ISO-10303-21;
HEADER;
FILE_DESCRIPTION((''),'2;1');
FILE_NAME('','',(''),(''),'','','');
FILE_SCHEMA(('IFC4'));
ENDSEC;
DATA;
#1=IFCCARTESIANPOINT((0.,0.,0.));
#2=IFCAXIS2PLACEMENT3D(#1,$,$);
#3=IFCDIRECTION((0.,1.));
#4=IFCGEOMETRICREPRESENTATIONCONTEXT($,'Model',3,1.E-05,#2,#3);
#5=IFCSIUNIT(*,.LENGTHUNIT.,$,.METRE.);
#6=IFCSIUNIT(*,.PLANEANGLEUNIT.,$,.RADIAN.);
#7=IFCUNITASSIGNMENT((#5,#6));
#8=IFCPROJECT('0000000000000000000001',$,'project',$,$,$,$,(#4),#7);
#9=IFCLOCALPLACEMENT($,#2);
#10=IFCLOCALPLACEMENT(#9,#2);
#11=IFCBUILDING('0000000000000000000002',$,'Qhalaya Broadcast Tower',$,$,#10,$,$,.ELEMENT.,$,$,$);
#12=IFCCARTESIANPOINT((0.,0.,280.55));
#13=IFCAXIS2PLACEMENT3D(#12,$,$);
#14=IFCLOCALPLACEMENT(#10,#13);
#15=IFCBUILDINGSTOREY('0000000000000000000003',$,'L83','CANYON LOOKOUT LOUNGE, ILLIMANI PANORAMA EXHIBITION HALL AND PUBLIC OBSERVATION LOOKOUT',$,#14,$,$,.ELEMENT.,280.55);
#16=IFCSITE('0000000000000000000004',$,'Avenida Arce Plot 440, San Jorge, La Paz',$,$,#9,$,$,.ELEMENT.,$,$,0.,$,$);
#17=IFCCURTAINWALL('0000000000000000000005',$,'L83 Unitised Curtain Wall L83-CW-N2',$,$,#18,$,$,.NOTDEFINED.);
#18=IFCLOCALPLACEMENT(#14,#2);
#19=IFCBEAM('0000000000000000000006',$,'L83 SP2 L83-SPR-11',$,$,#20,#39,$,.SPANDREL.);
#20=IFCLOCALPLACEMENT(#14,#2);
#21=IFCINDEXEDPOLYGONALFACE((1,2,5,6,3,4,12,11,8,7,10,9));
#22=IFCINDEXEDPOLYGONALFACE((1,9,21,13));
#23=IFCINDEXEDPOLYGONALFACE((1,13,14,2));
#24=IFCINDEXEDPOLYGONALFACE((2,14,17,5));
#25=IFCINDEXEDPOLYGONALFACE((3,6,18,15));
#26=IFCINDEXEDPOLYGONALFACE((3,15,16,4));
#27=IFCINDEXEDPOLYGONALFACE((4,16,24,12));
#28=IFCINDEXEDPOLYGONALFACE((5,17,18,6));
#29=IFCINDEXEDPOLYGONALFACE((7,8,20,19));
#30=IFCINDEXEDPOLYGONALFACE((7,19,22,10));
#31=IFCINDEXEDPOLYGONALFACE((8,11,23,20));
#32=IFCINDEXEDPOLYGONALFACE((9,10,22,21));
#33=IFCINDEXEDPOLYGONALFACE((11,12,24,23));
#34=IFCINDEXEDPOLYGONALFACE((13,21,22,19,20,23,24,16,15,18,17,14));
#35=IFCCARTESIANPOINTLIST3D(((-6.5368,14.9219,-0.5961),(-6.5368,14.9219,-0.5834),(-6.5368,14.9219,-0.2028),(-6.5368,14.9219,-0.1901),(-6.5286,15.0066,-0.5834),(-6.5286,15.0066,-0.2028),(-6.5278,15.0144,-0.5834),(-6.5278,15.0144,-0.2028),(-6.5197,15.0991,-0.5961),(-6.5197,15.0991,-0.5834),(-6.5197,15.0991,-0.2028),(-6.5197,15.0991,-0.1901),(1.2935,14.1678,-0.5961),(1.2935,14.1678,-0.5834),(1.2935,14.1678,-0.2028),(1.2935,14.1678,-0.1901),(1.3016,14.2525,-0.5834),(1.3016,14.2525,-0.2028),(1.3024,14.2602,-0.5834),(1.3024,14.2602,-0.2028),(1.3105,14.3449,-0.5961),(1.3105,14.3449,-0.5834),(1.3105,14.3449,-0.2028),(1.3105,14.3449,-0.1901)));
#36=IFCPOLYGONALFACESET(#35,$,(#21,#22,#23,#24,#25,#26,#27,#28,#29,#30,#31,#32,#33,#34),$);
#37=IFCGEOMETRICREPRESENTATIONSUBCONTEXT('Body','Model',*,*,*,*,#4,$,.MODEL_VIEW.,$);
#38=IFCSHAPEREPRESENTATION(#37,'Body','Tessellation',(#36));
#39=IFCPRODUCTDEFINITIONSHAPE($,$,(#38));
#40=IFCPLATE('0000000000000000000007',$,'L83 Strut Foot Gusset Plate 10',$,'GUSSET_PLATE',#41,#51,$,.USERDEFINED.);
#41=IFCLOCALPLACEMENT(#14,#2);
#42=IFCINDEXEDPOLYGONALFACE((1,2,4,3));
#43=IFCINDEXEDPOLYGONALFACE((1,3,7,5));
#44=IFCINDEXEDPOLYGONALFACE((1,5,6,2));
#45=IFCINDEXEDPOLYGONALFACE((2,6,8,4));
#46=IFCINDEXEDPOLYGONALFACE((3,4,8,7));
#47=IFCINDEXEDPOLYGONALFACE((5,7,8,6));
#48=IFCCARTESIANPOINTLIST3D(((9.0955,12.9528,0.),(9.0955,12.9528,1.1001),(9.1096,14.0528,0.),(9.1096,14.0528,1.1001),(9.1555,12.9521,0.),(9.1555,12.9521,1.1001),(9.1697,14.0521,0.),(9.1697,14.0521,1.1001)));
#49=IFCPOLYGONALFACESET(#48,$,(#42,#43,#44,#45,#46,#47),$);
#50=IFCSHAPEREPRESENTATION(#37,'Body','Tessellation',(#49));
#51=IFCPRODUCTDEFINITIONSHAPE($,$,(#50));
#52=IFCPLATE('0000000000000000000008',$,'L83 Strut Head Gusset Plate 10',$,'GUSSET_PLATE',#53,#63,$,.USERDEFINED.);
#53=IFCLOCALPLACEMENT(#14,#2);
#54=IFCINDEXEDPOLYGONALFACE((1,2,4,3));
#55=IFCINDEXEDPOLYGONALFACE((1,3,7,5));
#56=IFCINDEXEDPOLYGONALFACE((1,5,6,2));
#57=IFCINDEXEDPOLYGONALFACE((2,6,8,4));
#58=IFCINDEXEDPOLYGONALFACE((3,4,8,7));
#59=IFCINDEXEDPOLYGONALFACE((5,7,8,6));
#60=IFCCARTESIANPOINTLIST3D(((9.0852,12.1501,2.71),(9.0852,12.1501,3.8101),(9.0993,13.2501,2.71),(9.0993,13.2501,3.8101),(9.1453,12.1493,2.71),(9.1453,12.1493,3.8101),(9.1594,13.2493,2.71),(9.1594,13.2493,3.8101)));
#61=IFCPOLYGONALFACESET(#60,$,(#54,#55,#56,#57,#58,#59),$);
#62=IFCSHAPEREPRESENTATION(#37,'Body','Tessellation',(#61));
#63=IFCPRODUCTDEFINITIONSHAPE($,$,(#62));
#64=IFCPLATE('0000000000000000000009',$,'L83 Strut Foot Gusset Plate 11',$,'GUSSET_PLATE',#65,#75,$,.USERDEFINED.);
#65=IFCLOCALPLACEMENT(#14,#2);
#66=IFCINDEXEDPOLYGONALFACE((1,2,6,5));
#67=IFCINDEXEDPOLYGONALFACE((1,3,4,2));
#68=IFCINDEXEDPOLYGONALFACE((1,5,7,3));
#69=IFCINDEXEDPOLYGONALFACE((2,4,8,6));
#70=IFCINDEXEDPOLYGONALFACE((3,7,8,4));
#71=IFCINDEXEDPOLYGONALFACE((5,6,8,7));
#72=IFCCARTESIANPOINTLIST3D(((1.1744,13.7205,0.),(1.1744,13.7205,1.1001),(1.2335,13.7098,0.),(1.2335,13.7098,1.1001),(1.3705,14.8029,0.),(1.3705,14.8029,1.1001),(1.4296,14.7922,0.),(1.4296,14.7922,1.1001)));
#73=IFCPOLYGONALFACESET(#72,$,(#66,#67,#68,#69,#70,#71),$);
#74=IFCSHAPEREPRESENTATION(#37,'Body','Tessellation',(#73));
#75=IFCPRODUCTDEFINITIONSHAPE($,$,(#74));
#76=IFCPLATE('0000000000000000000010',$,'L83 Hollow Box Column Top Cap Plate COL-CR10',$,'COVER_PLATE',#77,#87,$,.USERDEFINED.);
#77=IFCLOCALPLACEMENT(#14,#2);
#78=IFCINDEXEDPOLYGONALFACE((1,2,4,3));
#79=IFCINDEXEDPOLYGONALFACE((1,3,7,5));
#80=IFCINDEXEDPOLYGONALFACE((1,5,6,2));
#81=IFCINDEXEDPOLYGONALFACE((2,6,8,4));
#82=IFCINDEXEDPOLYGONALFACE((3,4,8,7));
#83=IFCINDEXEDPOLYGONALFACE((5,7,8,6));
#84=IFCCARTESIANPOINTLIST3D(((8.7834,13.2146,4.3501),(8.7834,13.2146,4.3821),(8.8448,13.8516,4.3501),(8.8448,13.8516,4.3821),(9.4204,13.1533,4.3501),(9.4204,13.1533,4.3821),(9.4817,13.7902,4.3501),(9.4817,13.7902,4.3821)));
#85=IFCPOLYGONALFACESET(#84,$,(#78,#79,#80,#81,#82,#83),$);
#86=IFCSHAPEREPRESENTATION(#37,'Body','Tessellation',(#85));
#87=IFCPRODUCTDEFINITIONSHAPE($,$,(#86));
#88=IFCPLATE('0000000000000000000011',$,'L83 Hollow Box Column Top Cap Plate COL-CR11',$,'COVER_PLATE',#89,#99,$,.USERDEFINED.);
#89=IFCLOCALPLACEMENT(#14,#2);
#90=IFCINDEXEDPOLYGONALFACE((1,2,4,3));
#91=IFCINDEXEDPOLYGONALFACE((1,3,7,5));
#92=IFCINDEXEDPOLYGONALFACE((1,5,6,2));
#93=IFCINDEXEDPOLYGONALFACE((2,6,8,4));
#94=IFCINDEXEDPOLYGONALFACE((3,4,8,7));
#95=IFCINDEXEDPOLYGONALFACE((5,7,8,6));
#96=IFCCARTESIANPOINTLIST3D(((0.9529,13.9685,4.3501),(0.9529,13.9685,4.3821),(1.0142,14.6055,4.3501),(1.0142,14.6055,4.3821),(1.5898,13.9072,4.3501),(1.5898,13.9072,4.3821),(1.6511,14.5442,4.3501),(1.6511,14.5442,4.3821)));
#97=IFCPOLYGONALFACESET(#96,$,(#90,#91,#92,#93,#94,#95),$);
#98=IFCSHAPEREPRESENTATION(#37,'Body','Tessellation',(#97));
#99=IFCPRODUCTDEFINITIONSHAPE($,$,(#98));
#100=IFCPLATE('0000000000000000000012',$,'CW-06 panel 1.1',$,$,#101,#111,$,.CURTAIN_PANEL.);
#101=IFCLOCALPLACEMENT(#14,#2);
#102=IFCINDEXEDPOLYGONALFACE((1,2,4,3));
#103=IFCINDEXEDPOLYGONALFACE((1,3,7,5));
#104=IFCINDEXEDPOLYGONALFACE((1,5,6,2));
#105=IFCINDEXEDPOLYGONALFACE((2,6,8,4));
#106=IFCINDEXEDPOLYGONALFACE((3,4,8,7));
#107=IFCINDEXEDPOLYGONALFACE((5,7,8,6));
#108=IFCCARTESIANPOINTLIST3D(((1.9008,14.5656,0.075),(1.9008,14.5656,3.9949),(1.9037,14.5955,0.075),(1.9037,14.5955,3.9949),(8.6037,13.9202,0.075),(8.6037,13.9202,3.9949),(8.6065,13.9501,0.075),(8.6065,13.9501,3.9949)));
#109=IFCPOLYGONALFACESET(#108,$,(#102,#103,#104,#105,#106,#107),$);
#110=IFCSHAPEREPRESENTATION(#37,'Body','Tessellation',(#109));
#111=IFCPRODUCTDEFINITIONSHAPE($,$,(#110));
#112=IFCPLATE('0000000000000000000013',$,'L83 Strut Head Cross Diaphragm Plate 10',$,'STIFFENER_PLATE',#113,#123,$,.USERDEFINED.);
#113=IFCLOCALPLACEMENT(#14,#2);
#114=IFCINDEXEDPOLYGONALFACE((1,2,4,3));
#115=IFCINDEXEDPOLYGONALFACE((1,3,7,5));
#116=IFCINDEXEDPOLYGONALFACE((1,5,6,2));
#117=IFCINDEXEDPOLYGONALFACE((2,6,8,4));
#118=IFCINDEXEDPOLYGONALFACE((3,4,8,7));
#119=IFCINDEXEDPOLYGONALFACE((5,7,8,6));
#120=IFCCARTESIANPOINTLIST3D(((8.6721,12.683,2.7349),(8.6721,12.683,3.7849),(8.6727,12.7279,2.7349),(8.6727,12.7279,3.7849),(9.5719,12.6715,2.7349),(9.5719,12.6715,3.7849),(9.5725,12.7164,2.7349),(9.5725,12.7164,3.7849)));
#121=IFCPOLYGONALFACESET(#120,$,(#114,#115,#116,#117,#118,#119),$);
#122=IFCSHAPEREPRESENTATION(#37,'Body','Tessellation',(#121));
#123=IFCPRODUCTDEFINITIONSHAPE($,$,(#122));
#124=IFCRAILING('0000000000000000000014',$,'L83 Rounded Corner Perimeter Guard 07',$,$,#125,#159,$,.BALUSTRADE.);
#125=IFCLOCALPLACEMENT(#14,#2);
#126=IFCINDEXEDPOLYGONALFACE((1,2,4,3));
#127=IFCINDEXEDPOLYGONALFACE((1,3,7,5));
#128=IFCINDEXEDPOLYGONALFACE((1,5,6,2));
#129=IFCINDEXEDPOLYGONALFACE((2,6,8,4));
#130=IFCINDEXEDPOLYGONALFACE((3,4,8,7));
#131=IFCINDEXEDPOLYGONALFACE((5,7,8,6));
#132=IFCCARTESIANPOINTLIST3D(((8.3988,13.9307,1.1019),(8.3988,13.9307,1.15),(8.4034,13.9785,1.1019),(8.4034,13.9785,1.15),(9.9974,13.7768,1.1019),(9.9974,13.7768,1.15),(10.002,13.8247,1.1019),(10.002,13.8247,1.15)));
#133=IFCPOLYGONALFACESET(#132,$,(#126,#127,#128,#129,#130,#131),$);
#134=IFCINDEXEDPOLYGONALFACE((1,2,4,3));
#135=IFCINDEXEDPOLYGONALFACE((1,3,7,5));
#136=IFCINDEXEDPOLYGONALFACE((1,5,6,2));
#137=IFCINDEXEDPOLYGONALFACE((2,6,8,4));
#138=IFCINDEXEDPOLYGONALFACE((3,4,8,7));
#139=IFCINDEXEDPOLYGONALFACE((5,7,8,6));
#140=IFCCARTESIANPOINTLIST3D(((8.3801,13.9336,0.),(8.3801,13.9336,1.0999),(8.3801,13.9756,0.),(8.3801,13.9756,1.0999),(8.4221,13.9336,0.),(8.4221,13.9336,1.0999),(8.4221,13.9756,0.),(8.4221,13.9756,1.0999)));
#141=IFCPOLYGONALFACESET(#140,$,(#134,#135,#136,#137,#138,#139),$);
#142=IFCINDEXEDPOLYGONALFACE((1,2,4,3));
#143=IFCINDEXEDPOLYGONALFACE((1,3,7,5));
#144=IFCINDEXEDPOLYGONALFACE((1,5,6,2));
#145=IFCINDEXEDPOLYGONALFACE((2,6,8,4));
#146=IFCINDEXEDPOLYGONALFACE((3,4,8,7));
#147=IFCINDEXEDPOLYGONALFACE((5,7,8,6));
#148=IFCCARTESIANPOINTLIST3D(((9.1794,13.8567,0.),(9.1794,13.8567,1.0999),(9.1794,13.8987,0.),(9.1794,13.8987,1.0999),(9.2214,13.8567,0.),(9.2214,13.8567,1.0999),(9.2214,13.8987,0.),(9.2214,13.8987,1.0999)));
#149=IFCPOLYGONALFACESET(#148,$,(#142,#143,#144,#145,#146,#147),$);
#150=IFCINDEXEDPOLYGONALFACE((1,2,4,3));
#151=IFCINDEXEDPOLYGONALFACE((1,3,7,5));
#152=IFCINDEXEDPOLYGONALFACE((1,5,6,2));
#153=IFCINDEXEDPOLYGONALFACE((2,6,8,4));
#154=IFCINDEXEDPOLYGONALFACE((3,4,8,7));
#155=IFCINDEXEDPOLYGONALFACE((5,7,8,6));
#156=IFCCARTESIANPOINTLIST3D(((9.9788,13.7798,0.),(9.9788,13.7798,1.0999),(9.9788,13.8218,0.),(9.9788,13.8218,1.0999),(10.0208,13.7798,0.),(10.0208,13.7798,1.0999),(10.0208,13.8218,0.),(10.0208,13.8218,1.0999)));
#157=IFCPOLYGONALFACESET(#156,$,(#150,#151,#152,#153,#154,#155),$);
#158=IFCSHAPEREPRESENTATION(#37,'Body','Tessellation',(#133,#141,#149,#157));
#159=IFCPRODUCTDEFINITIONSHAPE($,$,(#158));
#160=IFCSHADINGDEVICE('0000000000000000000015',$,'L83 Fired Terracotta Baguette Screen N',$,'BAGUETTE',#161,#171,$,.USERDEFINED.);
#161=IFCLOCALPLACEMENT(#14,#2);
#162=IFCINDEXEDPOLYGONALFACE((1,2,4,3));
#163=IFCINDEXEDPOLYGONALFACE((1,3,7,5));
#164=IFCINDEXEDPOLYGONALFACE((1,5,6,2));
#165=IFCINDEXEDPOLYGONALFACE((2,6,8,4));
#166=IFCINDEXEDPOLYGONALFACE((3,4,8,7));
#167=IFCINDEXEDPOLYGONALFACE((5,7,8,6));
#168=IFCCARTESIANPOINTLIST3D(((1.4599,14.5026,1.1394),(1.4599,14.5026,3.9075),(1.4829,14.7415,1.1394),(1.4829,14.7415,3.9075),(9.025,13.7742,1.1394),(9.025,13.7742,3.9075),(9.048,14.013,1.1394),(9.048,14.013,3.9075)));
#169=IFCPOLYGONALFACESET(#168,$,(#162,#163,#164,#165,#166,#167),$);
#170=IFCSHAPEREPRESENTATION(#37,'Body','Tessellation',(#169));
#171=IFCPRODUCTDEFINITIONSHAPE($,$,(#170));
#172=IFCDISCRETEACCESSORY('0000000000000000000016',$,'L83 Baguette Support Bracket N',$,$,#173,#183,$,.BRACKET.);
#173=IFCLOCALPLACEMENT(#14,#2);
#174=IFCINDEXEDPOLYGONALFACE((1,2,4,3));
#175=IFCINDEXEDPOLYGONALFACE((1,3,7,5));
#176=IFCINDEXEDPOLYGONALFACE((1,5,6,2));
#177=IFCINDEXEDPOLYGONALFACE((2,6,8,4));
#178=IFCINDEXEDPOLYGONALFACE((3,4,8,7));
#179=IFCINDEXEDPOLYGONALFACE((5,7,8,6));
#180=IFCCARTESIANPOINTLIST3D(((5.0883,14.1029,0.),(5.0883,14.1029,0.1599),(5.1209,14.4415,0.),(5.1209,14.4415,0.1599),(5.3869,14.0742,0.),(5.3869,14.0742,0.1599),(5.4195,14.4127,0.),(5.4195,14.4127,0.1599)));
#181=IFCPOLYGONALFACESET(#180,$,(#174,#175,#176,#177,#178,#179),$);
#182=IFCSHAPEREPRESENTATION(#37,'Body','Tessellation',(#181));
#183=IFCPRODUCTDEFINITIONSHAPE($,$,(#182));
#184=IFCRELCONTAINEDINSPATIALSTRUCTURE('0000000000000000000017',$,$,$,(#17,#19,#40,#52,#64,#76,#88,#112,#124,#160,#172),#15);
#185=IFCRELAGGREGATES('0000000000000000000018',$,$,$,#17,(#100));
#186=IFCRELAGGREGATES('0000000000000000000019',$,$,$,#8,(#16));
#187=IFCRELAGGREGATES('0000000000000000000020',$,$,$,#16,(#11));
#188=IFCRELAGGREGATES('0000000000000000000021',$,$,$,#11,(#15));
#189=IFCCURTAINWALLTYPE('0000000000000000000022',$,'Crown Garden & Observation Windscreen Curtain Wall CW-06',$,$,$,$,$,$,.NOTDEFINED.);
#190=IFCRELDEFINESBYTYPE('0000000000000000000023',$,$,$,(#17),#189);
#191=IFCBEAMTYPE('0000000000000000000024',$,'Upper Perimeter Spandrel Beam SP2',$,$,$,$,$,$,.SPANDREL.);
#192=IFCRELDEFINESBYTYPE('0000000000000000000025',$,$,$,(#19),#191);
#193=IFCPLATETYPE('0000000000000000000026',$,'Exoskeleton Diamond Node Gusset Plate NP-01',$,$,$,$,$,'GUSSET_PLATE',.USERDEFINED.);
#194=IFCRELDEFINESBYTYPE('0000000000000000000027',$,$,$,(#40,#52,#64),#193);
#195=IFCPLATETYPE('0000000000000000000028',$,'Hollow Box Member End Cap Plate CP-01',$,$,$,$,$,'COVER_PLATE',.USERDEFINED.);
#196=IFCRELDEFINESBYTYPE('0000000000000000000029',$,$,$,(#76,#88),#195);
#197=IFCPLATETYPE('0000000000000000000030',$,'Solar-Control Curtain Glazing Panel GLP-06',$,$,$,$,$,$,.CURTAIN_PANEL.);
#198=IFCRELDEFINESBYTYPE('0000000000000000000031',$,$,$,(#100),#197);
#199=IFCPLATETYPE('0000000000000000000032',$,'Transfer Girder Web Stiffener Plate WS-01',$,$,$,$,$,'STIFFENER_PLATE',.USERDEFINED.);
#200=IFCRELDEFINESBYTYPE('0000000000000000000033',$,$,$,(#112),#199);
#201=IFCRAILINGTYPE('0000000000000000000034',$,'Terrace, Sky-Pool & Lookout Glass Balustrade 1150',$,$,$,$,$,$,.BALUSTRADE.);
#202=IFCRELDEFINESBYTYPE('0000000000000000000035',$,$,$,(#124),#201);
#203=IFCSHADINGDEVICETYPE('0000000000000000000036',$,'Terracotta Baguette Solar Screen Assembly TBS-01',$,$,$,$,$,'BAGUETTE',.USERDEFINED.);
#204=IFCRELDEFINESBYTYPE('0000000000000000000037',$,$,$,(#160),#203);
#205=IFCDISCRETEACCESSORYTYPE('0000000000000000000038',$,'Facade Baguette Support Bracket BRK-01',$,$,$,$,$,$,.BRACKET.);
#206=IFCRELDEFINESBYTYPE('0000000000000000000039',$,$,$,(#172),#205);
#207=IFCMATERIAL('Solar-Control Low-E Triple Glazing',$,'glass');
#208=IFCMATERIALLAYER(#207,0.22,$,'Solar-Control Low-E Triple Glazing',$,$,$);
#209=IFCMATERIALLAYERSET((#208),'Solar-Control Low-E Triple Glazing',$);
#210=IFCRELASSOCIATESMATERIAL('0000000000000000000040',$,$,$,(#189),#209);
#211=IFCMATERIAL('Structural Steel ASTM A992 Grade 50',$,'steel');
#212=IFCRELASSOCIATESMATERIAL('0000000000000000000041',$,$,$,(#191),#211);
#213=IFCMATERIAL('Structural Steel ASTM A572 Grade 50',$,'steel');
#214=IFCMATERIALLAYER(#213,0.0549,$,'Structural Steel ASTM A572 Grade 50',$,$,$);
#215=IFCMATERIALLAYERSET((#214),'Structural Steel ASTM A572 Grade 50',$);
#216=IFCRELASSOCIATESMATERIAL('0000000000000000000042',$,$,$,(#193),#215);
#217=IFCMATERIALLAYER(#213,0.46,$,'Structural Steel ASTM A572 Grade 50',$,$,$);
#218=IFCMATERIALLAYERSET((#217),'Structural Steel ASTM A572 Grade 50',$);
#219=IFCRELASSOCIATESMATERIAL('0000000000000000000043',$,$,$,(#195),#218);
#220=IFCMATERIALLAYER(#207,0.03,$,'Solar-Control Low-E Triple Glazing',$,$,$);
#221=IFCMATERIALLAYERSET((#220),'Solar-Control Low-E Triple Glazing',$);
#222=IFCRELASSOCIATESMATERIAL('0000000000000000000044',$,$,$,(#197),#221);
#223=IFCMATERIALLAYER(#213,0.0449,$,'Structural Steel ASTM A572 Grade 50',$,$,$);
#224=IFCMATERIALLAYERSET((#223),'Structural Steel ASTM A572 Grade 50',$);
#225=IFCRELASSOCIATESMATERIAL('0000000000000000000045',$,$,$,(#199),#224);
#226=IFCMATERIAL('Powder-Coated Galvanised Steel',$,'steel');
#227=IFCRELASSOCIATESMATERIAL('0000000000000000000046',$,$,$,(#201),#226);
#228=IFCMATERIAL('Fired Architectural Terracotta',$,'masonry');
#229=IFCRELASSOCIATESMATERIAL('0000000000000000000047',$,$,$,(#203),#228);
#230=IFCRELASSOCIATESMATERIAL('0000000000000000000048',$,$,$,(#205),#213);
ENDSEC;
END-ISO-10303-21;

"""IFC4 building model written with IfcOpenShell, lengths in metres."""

from ifc_helpers import new_model, si_unit, direction, frame, origin, origin_2d, place, context, subcontext, project, spatial, rectangle, i_section, extrude, material, layer, layer_set, material_profile, profile_set, type_object, element, aggregate, save


model = new_model("IFC4")

# Units and contexts
model_context = context("Model", 3, precision=1e-05, world=origin(), true_north=direction((0.0, 1.0)))
body_context = subcontext(model_context, "Body", "Model", "MODEL_VIEW")
ifc_project = project(units=[si_unit("LENGTHUNIT", "METRE"), si_unit("PLANEANGLEUNIT", "RADIAN")], contexts=[model_context])

# Site, building, storey
site_placement = place(None, origin())
site = spatial("IfcSite", under=ifc_project, at=site_placement, Name="Avenida Arce Plot 440, San Jorge, La Paz", CompositionType="ELEMENT", RefElevation=0.0)
building_placement = place(site_placement, origin())
building = spatial("IfcBuilding", under=site, at=building_placement, Name="Qhalaya Broadcast Tower", CompositionType="ELEMENT")
storey_placement = place(building_placement, frame((0.0, 0.0, 280.55)))
storey = spatial("IfcBuildingStorey", under=building, at=storey_placement, Name="L83", Description="CANYON LOOKOUT LOUNGE, ILLIMANI PANORAMA EXHIBITION HALL AND PUBLIC OBSERVATION LOOKOUT", CompositionType="ELEMENT", Elevation=280.55)

# Shared definitions
ifc_material_1 = material(Name="Structural Steel ASTM A572 Grade 50", Category="steel")

# Shared definitions
ifc_material_2 = material(Name="Structural Steel ASTM A992 Grade 50", Category="steel")

# Curtain wall
ifc_material_3 = material(Name="Solar-Control Low-E Triple Glazing", Category="glass")
ifc_layer_1 = layer(ifc_material_3, 0.22, Name="Solar-Control Low-E Triple Glazing")
ifc_layer_set_1 = layer_set([ifc_layer_1], Name="Solar-Control Low-E Triple Glazing")
curtain_wall_type = type_object("IfcCurtainWallType", Name="Crown Garden & Observation Windscreen Curtain Wall CW-06", PredefinedType="NOTDEFINED", material=ifc_layer_set_1)
curtain_wall_placement = place(storey_placement, origin())
curtain_wall = element("IfcCurtainWall", 1, at=curtain_wall_placement, inside=storey, type_object=curtain_wall_type, Name="L83 Unitised Curtain Wall L83-CW-N2", PredefinedType="NOTDEFINED")

# Beam
ifc_material_profile_1 = material_profile(ifc_material_2, i_section(OverallWidth=0.178, OverallDepth=0.406, WebThickness=0.0078, FlangeThickness=0.0127, at=origin_2d()), Name="W16X40")
ifc_profile_set_1 = profile_set([ifc_material_profile_1], Name="Structural Steel ASTM A992 Grade 50")
beam_type_1 = type_object("IfcBeamType", Name="Upper Perimeter Spandrel Beam SP2", PredefinedType="SPANDREL", material=ifc_profile_set_1)
beam_1_placement = place(storey_placement, frame((1.302, 14.2563, -0.3931), z_axis=(-0.995394, 0.095868, 0.0), x_axis=(-0.095868, -0.995394, 0.0)))
element("IfcBeam", 2, at=beam_1_placement, inside=storey, type_object=beam_type_1, Name="L83 SP2 L83-SPR-11", PredefinedType="SPANDREL", context=body_context, shape_type="SweptSolid", body=[
    extrude(i_section(OverallWidth=0.178, OverallDepth=0.406, WebThickness=0.0078, FlangeThickness=0.0127, at=origin_2d()), origin(), (0.0, 0.0, 1.0), 7.8665),
])

# Plates
ifc_layer_2 = layer(ifc_material_1, 0.0549, Name="Structural Steel ASTM A572 Grade 50")
ifc_layer_set_2 = layer_set([ifc_layer_2], Name="Structural Steel ASTM A572 Grade 50")
plate_type_1 = type_object("IfcPlateType", Name="Exoskeleton Diamond Node Gusset Plate NP-01", ElementType="GUSSET_PLATE", PredefinedType="USERDEFINED", material=ifc_layer_set_2)
for number, where, z_axis, x_axis, name in (
    (3, (9.1326, 13.5024, 0.0), (0.0, 0.0, 1.0), (-0.012828, -0.999918, 0.0), "L83 Strut Foot Gusset Plate 10"),
    (4, (9.1223, 12.6997, 2.71), (0.0, 0.0, 1.0), (-0.012828, -0.999918, 0.0), "L83 Strut Head Gusset Plate 10"),
    (5, (1.302, 14.2563, 0.0), (0.0, 0.0, 1.0), (-0.178253, -0.983985, 0.0), "L83 Strut Foot Gusset Plate 11"),
):
    element("IfcPlate", number, at=place(storey_placement, frame(where, z_axis=z_axis, x_axis=x_axis)), inside=storey, type_object=plate_type_1, Name=name, ObjectType="GUSSET_PLATE", PredefinedType="USERDEFINED", context=body_context, shape_type="SweptSolid", body=[
        extrude(rectangle(XDim=1.1001, YDim=0.0601, at=origin_2d()), origin(), (0.0, 0.0, 1.0), 1.1001),
    ])
ifc_layer_3 = layer(ifc_material_1, 0.46, Name="Structural Steel ASTM A572 Grade 50")
ifc_layer_set_3 = layer_set([ifc_layer_3], Name="Structural Steel ASTM A572 Grade 50")
plate_type_2 = type_object("IfcPlateType", Name="Hollow Box Member End Cap Plate CP-01", ElementType="COVER_PLATE", PredefinedType="USERDEFINED", material=ifc_layer_set_3)
for number, where, z_axis, x_axis, name in (
    (6, (9.1326, 13.5024, 4.3501), (0.0, 0.0, 1.0), (0.995396, -0.095846, 0.0), "L83 Hollow Box Column Top Cap Plate COL-CR10"),
    (7, (1.302, 14.2563, 4.3501), (0.0, 0.0, 1.0), (0.995396, -0.095846, 0.0), "L83 Hollow Box Column Top Cap Plate COL-CR11"),
):
    element("IfcPlate", number, at=place(storey_placement, frame(where, z_axis=z_axis, x_axis=x_axis)), inside=storey, type_object=plate_type_2, Name=name, ObjectType="COVER_PLATE", PredefinedType="USERDEFINED", context=body_context, shape_type="SweptSolid", body=[
        extrude(rectangle(XDim=0.6399, YDim=0.6399, at=origin_2d()), origin(), (0.0, 0.0, 1.0), 0.032),
    ])

# Plates
ifc_layer_4 = layer(ifc_material_3, 0.03, Name="Solar-Control Low-E Triple Glazing")
ifc_layer_set_4 = layer_set([ifc_layer_4], Name="Solar-Control Low-E Triple Glazing")
plate_type_3 = type_object("IfcPlateType", Name="Solar-Control Curtain Glazing Panel GLP-06", PredefinedType="CURTAIN_PANEL", material=ifc_layer_set_4)
plate_1_placement = place(storey_placement, frame((5.2537, 14.2578, 0.075), z_axis=(0.0, 0.0, 1.0), x_axis=(-0.995396, 0.095846, 0.0)))
plate_1 = element("IfcPlate", 8, at=plate_1_placement, type_object=plate_type_3, Name="CW-06 panel 1.1", PredefinedType="CURTAIN_PANEL", context=body_context, shape_type="SweptSolid", body=[
    extrude(rectangle(XDim=6.7339, YDim=0.03, at=origin_2d()), origin(), (0.0, 0.0, 1.0), 3.9199),
])
aggregate(curtain_wall, [plate_1])
ifc_layer_5 = layer(ifc_material_1, 0.0449, Name="Structural Steel ASTM A572 Grade 50")
ifc_layer_set_5 = layer_set([ifc_layer_5], Name="Structural Steel ASTM A572 Grade 50")
plate_type_4 = type_object("IfcPlateType", Name="Transfer Girder Web Stiffener Plate WS-01", ElementType="STIFFENER_PLATE", PredefinedType="USERDEFINED", material=ifc_layer_set_5)
plate_2_placement = place(storey_placement, frame((9.1223, 12.6997, 2.7349), z_axis=(0.0, 0.0, 1.0), x_axis=(0.999918, -0.012828, 0.0)))
element("IfcPlate", 9, at=plate_2_placement, inside=storey, type_object=plate_type_4, Name="L83 Strut Head Cross Diaphragm Plate 10", ObjectType="STIFFENER_PLATE", PredefinedType="USERDEFINED", context=body_context, shape_type="SweptSolid", body=[
    extrude(rectangle(XDim=0.8999, YDim=0.0449, at=origin_2d()), origin(), (0.0, 0.0, 1.0), 1.05),
])

# Railing
ifc_material_4 = material(Name="Powder-Coated Galvanised Steel", Category="steel")
railing_type = type_object("IfcRailingType", Name="Terrace, Sky-Pool & Lookout Glass Balustrade 1150", PredefinedType="BALUSTRADE", material=ifc_material_4)
railing_placement = place(storey_placement, frame((8.4011, 13.9546, 0.0)))
element("IfcRailing", 10, at=railing_placement, inside=storey, type_object=railing_type, Name="L83 Rounded Corner Perimeter Guard 07", PredefinedType="BALUSTRADE", context=body_context, shape_type="SweptSolid", body=[
    extrude(rectangle(XDim=0.0481, YDim=0.0481, at=origin_2d()), frame((0.0, 0.0, 1.126), z_axis=(0.995403, -0.09577, 0.0), x_axis=(0.09577, 0.995403, 0.0)), (0.0, 0.0, 1.0), 1.606),
    extrude(rectangle(XDim=0.042, YDim=0.042, at=origin_2d()), origin(), (0.0, 0.0, 1.0), 1.0999),
    extrude(rectangle(XDim=0.042, YDim=0.042, at=origin_2d()), frame((0.7993, -0.0769, 0.0)), (0.0, 0.0, 1.0), 1.0999),
    extrude(rectangle(XDim=0.042, YDim=0.042, at=origin_2d()), frame((1.5986, -0.1538, 0.0)), (0.0, 0.0, 1.0), 1.0999),
])

# Shading device
ifc_material_5 = material(Name="Fired Architectural Terracotta", Category="masonry")
shading_device_type = type_object("IfcShadingDeviceType", Name="Terracotta Baguette Solar Screen Assembly TBS-01", ElementType="BAGUETTE", PredefinedType="USERDEFINED", material=ifc_material_5)
shading_device_placement = place(storey_placement, frame((5.2539, 14.2578, 1.1394), z_axis=(0.0, 0.0, 1.0), x_axis=(-0.995396, 0.095846, 0.0)))
element("IfcShadingDevice", 11, at=shading_device_placement, inside=storey, type_object=shading_device_type, Name="L83 Fired Terracotta Baguette Screen N", ObjectType="BAGUETTE", PredefinedType="USERDEFINED", context=body_context, shape_type="SweptSolid", body=[
    extrude(rectangle(XDim=7.6001, YDim=0.24, at=origin_2d()), origin(), (0.0, 0.0, 1.0), 2.7681),
])

# Discrete accessory
discrete_accessory_type = type_object("IfcDiscreteAccessoryType", Name="Facade Baguette Support Bracket BRK-01", PredefinedType="BRACKET", material=ifc_material_1)
discrete_accessory_placement = place(storey_placement, frame((5.2539, 14.2578, 0.0), z_axis=(0.0, 0.0, 1.0), x_axis=(-0.995396, 0.095846, 0.0)))
element("IfcDiscreteAccessory", 12, at=discrete_accessory_placement, inside=storey, type_object=discrete_accessory_type, Name="L83 Baguette Support Bracket N", PredefinedType="BRACKET", context=body_context, shape_type="SweptSolid", body=[
    extrude(rectangle(XDim=0.3, YDim=0.3401, at=origin_2d()), origin(), (0.0, 0.0, 1.0), 0.1599),
])

save(model, "model.ifc")
